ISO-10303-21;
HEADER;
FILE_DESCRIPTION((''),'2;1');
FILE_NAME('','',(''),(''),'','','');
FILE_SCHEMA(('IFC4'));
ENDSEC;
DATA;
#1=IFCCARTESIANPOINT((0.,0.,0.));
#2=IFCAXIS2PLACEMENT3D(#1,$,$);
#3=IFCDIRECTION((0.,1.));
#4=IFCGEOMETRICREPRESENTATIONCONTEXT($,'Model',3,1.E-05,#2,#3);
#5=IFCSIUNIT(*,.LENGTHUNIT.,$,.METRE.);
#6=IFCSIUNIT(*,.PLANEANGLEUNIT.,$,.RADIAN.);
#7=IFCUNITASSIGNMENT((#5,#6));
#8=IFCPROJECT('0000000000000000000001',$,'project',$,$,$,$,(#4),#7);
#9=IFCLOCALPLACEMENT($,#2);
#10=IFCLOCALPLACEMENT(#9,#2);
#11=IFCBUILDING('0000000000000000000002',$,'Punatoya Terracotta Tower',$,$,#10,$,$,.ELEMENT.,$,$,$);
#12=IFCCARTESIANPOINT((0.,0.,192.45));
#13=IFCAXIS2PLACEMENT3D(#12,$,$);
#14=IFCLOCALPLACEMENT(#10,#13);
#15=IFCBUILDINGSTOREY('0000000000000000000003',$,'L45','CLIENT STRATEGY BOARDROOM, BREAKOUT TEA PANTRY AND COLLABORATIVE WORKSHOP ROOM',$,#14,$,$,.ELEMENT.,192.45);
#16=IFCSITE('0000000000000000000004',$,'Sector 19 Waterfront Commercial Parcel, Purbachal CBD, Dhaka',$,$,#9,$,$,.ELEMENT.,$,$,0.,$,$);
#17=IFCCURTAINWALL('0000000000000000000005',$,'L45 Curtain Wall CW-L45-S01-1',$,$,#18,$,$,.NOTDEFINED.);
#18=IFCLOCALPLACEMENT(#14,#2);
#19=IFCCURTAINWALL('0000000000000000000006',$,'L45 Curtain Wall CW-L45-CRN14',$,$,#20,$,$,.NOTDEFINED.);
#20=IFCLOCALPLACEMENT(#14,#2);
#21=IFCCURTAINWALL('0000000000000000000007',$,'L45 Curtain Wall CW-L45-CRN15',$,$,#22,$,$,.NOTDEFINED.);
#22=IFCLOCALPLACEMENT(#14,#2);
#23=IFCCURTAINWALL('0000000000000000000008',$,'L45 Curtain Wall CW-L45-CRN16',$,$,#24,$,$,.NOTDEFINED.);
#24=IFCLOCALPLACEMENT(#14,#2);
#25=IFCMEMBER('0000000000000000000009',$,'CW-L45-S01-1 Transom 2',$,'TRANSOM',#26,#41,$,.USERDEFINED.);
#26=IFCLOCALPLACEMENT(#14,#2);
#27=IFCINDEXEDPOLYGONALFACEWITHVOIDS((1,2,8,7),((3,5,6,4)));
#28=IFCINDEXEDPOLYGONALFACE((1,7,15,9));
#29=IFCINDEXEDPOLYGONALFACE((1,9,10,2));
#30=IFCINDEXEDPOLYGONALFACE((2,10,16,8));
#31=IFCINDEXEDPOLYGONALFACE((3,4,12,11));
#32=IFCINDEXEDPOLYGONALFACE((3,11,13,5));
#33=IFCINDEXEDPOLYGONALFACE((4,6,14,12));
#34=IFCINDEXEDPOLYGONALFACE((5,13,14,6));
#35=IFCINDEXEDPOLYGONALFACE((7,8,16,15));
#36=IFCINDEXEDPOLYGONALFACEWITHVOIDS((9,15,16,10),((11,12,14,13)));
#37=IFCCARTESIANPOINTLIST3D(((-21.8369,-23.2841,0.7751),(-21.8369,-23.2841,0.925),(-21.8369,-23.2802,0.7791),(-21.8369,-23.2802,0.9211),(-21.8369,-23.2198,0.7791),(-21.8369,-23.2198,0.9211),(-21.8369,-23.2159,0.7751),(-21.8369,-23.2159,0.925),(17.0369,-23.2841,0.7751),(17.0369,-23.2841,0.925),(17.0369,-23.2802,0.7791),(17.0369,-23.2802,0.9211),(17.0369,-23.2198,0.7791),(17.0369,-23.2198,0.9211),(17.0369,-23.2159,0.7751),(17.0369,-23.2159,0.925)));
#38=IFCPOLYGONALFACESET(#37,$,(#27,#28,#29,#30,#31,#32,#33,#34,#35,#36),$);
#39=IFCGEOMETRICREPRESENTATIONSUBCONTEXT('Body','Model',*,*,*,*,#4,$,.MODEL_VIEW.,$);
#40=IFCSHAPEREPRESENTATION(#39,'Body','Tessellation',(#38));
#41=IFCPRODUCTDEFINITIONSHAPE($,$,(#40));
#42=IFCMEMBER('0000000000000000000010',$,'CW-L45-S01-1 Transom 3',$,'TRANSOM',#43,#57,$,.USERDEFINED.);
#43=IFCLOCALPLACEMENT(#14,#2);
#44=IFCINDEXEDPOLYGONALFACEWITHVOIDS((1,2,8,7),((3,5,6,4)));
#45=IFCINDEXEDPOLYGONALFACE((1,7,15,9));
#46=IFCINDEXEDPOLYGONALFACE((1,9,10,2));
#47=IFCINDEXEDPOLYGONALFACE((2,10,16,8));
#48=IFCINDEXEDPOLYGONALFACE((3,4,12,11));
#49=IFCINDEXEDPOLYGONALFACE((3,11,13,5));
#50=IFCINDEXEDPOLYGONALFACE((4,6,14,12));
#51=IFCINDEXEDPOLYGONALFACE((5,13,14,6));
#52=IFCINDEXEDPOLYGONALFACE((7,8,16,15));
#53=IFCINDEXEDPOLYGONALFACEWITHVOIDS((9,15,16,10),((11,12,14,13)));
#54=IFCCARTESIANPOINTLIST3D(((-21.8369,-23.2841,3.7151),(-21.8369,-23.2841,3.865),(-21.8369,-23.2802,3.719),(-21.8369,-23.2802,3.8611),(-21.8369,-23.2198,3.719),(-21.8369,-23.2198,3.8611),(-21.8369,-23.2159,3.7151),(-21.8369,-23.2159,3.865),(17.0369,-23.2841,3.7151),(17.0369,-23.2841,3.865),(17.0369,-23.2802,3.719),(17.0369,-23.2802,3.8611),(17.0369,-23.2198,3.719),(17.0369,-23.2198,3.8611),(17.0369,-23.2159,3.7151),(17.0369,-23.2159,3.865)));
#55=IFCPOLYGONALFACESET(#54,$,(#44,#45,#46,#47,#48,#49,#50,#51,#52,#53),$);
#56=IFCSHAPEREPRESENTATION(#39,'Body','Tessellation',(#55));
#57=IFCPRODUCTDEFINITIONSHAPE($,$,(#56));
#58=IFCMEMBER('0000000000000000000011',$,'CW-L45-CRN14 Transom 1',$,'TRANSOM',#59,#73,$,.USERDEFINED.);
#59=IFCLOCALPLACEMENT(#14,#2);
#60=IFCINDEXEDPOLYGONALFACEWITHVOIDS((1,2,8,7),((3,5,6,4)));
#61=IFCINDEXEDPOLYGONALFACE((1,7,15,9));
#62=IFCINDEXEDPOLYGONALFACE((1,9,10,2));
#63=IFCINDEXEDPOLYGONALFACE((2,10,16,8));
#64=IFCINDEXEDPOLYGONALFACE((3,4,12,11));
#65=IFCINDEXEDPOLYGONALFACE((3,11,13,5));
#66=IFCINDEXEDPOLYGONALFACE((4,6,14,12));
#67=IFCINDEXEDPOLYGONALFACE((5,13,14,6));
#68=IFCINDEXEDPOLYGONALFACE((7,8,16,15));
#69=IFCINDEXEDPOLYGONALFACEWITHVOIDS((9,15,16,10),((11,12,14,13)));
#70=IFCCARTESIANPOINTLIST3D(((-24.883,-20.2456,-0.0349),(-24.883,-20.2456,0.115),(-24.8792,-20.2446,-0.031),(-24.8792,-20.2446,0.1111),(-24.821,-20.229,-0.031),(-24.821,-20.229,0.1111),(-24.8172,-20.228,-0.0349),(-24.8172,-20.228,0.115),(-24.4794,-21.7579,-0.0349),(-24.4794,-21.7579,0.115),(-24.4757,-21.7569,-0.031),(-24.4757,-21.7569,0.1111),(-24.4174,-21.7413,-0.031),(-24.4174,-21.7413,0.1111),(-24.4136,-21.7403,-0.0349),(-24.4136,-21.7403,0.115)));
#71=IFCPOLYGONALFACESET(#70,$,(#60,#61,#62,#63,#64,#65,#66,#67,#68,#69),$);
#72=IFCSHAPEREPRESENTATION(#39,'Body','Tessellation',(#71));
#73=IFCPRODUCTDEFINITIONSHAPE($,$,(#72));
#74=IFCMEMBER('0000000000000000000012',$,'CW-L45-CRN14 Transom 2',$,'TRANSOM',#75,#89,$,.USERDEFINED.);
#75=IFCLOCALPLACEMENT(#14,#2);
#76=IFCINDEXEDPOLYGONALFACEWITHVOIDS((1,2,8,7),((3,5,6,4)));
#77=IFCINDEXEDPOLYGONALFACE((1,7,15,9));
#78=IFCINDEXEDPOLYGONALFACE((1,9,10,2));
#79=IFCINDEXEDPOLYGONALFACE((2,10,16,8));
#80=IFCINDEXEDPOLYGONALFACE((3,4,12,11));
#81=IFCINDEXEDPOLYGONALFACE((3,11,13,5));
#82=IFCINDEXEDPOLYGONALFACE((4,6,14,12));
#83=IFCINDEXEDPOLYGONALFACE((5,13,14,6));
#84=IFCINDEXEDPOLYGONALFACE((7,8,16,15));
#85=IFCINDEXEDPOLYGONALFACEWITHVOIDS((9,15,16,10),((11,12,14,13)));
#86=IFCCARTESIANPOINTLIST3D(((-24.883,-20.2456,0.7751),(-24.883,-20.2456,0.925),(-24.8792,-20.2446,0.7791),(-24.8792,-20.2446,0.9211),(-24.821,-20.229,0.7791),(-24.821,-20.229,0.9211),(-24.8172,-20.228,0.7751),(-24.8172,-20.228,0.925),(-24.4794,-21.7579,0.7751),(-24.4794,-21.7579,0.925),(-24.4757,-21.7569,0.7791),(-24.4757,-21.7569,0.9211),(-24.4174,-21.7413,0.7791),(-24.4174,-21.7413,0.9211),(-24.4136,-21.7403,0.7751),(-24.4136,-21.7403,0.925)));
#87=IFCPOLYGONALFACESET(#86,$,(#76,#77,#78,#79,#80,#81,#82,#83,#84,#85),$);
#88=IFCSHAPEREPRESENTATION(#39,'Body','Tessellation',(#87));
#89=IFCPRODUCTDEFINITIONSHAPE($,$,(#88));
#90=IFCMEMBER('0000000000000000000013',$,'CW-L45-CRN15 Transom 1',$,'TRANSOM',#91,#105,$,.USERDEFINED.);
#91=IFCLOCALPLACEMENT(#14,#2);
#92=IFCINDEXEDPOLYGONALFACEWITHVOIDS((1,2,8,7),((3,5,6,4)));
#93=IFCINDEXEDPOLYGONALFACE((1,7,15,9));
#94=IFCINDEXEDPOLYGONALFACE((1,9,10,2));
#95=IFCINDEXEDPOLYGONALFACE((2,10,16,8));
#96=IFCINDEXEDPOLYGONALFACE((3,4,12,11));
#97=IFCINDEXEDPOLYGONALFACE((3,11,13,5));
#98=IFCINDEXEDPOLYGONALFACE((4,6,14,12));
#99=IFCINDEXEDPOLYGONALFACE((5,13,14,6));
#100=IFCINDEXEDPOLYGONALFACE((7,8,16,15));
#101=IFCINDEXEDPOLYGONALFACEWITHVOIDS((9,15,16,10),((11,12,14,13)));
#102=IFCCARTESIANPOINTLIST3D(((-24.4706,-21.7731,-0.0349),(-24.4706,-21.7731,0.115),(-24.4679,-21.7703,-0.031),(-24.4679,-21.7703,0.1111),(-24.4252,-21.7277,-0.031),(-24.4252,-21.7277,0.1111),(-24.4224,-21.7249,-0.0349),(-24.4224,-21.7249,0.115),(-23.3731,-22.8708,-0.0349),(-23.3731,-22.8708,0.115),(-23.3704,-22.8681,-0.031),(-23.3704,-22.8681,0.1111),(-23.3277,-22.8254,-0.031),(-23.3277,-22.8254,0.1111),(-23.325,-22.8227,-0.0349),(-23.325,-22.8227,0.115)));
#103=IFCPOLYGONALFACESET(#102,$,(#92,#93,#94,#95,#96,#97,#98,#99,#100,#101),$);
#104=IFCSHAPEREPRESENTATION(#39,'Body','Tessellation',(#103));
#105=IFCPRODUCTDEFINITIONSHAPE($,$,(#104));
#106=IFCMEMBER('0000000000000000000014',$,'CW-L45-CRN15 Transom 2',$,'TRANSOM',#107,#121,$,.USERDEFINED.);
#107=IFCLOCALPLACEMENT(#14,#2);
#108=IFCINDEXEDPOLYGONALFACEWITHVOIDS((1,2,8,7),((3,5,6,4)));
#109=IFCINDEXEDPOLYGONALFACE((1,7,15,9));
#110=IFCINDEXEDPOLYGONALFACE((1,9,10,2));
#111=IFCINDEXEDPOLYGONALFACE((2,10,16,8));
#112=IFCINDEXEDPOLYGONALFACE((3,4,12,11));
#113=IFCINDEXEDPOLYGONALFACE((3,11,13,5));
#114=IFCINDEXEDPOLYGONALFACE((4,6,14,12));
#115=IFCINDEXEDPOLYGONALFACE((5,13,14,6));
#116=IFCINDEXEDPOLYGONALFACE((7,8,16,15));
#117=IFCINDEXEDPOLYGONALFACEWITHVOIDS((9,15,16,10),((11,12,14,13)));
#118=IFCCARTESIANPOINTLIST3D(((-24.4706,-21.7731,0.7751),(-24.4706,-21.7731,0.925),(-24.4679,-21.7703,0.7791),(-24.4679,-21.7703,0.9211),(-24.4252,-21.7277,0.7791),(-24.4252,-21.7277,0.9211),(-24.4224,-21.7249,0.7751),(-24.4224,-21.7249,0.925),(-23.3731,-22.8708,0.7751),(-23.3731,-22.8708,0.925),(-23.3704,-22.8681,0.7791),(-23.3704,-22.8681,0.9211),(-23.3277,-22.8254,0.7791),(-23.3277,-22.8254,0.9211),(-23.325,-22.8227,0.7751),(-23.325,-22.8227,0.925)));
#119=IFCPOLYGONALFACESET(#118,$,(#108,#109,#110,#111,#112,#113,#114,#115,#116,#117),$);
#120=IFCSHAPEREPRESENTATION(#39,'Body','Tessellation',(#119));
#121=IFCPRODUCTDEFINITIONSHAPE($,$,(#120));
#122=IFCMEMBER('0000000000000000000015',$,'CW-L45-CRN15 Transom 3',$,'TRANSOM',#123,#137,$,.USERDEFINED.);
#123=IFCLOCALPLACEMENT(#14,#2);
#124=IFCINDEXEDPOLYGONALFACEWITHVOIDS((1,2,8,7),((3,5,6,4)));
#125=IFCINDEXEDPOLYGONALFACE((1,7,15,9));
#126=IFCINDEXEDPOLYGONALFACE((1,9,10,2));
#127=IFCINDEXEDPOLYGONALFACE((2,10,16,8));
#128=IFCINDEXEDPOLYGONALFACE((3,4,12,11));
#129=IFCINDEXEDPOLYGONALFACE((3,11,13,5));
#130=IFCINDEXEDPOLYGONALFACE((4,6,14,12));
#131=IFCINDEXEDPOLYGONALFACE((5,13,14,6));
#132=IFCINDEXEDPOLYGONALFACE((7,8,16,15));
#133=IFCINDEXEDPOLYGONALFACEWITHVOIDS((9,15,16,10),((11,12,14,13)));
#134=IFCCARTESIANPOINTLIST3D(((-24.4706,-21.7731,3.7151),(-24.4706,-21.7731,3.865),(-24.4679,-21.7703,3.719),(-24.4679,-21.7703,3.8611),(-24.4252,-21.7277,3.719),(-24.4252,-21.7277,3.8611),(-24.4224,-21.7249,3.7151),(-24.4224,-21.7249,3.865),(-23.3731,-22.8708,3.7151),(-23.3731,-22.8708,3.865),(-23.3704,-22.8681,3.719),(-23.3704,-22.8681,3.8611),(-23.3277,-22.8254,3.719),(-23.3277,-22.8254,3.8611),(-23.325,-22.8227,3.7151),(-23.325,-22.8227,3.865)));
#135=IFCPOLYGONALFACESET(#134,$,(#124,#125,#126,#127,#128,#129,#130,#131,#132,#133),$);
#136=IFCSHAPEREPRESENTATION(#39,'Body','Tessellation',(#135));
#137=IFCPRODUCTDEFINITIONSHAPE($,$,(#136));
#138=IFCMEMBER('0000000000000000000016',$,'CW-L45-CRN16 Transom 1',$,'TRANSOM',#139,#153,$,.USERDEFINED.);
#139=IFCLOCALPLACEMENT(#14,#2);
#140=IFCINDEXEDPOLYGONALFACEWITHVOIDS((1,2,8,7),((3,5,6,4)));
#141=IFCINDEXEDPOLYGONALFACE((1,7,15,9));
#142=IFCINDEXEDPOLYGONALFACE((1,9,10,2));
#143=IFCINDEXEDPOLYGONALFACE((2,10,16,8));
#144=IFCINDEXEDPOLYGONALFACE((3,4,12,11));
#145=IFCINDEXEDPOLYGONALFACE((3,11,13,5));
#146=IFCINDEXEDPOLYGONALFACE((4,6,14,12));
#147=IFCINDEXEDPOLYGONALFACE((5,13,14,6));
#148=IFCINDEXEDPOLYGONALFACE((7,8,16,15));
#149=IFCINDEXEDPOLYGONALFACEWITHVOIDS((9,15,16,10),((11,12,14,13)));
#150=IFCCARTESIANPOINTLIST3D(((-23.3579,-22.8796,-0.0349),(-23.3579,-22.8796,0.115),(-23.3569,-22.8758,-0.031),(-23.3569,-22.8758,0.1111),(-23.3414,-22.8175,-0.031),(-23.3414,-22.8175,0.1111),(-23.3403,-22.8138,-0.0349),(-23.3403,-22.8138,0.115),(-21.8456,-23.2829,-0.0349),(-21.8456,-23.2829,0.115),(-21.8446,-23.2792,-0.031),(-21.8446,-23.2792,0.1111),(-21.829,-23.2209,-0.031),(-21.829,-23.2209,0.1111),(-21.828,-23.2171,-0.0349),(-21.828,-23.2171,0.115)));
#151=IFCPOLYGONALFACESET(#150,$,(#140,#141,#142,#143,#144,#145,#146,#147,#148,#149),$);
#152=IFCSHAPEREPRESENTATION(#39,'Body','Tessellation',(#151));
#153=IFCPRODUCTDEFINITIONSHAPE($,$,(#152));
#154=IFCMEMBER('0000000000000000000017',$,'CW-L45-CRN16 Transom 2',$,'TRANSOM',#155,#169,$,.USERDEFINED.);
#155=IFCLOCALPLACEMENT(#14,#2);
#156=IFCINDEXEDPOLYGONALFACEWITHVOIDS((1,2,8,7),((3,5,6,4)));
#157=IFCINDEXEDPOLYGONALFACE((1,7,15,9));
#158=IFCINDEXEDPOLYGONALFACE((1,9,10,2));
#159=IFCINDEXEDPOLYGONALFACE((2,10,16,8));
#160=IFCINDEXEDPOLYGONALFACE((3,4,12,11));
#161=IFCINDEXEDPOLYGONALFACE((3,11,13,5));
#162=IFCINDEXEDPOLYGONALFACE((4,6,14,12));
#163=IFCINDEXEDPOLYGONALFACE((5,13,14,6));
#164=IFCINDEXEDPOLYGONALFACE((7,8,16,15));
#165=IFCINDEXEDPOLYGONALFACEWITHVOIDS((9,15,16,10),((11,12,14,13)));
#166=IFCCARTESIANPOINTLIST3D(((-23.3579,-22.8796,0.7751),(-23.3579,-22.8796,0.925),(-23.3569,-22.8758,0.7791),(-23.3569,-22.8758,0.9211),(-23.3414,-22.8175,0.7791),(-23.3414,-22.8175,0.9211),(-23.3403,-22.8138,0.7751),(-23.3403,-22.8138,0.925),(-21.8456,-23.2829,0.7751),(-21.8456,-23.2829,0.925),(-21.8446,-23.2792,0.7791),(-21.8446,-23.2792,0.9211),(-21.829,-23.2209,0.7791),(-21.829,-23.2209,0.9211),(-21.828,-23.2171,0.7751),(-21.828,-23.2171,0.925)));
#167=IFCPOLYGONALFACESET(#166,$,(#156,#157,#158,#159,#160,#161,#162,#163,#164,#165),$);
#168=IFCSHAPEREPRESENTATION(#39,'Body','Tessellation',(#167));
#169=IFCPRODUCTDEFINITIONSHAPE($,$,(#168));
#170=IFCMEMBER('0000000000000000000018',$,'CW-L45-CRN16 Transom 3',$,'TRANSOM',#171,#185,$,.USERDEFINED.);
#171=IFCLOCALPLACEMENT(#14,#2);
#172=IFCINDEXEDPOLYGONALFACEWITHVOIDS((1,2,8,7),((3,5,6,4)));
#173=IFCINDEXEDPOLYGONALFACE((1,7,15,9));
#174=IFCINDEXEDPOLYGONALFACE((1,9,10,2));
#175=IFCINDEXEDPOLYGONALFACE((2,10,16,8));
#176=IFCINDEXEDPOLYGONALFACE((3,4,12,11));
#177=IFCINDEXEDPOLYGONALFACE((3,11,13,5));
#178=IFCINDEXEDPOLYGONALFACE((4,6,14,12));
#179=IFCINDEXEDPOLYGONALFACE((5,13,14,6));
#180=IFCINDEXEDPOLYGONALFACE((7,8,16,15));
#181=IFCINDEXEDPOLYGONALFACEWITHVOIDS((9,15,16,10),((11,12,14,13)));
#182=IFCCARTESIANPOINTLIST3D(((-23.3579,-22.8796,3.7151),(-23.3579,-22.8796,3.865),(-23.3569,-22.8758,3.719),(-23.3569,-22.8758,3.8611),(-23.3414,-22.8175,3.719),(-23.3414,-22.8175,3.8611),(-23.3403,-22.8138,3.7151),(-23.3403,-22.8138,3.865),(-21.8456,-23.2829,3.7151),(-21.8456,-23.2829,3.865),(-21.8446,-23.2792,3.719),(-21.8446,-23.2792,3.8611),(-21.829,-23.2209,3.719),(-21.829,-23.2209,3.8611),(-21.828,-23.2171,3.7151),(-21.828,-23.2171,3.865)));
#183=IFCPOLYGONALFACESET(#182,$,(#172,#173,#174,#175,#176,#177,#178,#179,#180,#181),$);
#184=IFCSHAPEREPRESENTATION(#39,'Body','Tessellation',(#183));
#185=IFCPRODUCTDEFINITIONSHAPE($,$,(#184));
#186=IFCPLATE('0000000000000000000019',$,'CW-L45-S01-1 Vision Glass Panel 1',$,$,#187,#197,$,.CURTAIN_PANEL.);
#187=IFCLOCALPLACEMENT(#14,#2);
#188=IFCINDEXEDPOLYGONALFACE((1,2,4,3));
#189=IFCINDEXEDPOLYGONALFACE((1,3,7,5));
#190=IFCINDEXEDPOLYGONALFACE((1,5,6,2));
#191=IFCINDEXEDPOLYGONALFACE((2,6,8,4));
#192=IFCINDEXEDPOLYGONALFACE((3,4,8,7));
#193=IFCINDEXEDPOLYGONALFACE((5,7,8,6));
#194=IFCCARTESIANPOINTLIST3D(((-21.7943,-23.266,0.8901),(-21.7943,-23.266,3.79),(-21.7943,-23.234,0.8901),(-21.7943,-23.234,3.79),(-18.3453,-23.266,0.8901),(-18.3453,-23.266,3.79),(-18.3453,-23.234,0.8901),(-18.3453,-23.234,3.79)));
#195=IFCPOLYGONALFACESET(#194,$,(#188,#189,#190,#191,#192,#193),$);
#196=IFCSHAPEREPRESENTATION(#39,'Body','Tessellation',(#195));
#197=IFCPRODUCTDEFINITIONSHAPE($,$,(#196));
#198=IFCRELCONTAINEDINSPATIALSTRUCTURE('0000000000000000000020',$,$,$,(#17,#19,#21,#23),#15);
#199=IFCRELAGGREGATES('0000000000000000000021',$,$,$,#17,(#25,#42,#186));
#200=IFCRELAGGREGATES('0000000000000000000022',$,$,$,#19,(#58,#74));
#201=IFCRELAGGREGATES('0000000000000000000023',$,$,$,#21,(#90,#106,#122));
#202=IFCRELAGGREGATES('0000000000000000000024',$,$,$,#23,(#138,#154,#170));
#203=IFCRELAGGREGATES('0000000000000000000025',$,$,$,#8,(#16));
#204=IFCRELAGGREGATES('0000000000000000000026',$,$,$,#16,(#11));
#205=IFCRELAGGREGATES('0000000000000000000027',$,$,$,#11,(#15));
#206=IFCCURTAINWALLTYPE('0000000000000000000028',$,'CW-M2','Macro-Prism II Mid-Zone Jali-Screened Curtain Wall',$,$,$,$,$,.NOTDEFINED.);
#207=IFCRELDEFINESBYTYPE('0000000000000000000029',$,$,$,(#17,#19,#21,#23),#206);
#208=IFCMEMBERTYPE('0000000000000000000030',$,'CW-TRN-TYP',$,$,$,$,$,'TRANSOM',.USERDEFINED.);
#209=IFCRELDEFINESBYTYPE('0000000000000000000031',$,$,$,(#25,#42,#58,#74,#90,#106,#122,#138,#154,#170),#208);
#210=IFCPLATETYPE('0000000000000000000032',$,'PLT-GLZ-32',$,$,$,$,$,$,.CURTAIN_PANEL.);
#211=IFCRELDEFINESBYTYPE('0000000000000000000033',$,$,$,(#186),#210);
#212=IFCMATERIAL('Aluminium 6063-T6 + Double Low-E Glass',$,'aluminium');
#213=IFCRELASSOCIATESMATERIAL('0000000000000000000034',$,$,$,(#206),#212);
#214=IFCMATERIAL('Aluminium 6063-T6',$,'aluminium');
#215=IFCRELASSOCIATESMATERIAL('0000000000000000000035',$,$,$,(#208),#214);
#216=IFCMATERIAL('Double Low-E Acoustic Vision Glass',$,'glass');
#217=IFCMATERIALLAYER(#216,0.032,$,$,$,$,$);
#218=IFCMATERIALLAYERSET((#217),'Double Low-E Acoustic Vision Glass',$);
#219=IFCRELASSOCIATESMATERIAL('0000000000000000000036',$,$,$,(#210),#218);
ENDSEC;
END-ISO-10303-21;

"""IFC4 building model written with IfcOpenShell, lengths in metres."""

from ifc_helpers import new_model, si_unit, direction, frame, origin, origin_2d, place, context, subcontext, project, spatial, rectangle, hollow_rectangle, extrude, material, layer, layer_set, material_profile, profile_set, type_object, element, aggregate, save


model = new_model("IFC4")

# Units and contexts
model_context = context("Model", 3, precision=1e-05, world=origin(), true_north=direction((0.0, 1.0)))
body_context = subcontext(model_context, "Body", "Model", "MODEL_VIEW")
ifc_project = project(units=[si_unit("LENGTHUNIT", "METRE"), si_unit("PLANEANGLEUNIT", "RADIAN")], contexts=[model_context])

# Site, building, storey
site_placement = place(None, origin())
site = spatial("IfcSite", under=ifc_project, at=site_placement, Name="Sector 19 Waterfront Commercial Parcel, Purbachal CBD, Dhaka", CompositionType="ELEMENT", RefElevation=0.0)
building_placement = place(site_placement, origin())
building = spatial("IfcBuilding", under=site, at=building_placement, Name="Punatoya Terracotta Tower", CompositionType="ELEMENT")
storey_placement = place(building_placement, frame((0.0, 0.0, 192.45)))
storey = spatial("IfcBuildingStorey", under=building, at=storey_placement, Name="L45", Description="CLIENT STRATEGY BOARDROOM, BREAKOUT TEA PANTRY AND COLLABORATIVE WORKSHOP ROOM", CompositionType="ELEMENT", Elevation=192.45)

# Curtain wall
ifc_material_1 = material(Name="Aluminium 6063-T6 + Double Low-E Glass", Category="aluminium")
curtain_wall_type = type_object("IfcCurtainWallType", Name="CW-M2", Description="Macro-Prism II Mid-Zone Jali-Screened Curtain Wall", PredefinedType="NOTDEFINED", material=ifc_material_1)
curtain_wall_1_placement = place(storey_placement, origin())
curtain_wall_1 = element("IfcCurtainWall", 1, at=curtain_wall_1_placement, inside=storey, type_object=curtain_wall_type, Name="L45 Curtain Wall CW-L45-S01-1", PredefinedType="NOTDEFINED")
ifc_material_2 = material(Name="Aluminium 6063-T6", Category="aluminium")

# Curtain walls
curtain_wall_2_placement = place(storey_placement, origin())
curtain_wall_2 = element("IfcCurtainWall", 2, at=curtain_wall_2_placement, inside=storey, type_object=curtain_wall_type, Name="L45 Curtain Wall CW-L45-CRN14", PredefinedType="NOTDEFINED")
curtain_wall_3_placement = place(storey_placement, origin())
curtain_wall_3 = element("IfcCurtainWall", 3, at=curtain_wall_3_placement, inside=storey, type_object=curtain_wall_type, Name="L45 Curtain Wall CW-L45-CRN15", PredefinedType="NOTDEFINED")
curtain_wall_4_placement = place(storey_placement, origin())
curtain_wall_4 = element("IfcCurtainWall", 4, at=curtain_wall_4_placement, inside=storey, type_object=curtain_wall_type, Name="L45 Curtain Wall CW-L45-CRN16", PredefinedType="NOTDEFINED")

# Members
ifc_material_profile_1 = material_profile(ifc_material_2, hollow_rectangle(XDim=0.0681, YDim=0.1499, WallThickness=0.0039, at=origin_2d()))
ifc_profile_set_1 = profile_set([ifc_material_profile_1], Name="Aluminium 6063-T6")
member_type_1 = type_object("IfcMemberType", Name="CW-TRN-TYP", ElementType="TRANSOM", PredefinedType="USERDEFINED", material=ifc_profile_set_1)
member_1_placement = place(storey_placement, frame((-21.8369, -23.25, 0.8501), z_axis=(1.0, 0.0, 0.0), x_axis=(0.0, 1.0, 0.0)))
member_1 = element("IfcMember", 5, at=member_1_placement, type_object=member_type_1, Name="CW-L45-S01-1 Transom 2", ObjectType="TRANSOM", PredefinedType="USERDEFINED", context=body_context, shape_type="SweptSolid", body=[
    extrude(hollow_rectangle(XDim=0.0681, YDim=0.1499, WallThickness=0.0039, at=origin_2d()), origin(), (0.0, 0.0, 1.0), 38.8738),
])
member_2_placement = place(storey_placement, frame((-21.8369, -23.25, 3.79), z_axis=(1.0, 0.0, 0.0), x_axis=(0.0, 1.0, 0.0)))
member_2 = element("IfcMember", 6, at=member_2_placement, type_object=member_type_1, Name="CW-L45-S01-1 Transom 3", ObjectType="TRANSOM", PredefinedType="USERDEFINED", context=body_context, shape_type="SweptSolid", body=[
    extrude(hollow_rectangle(XDim=0.0681, YDim=0.1499, WallThickness=0.0039, at=origin_2d()), origin(), (0.0, 0.0, 1.0), 38.8738),
])
member_3_placement = place(storey_placement, frame((-24.8501, -20.2368, 0.04), z_axis=(0.257847, -0.966186, 0.0), x_axis=(0.966186, 0.257847, 0.0)))
member_3 = element("IfcMember", 7, at=member_3_placement, type_object=member_type_1, Name="CW-L45-CRN14 Transom 1", ObjectType="TRANSOM", PredefinedType="USERDEFINED", context=body_context, shape_type="SweptSolid", body=[
    extrude(hollow_rectangle(XDim=0.0681, YDim=0.1499, WallThickness=0.0039, at=origin_2d()), origin(), (0.0, 0.0, 1.0), 1.5652),
])
member_4_placement = place(storey_placement, frame((-24.8501, -20.2368, 0.8501), z_axis=(0.257847, -0.966186, 0.0), x_axis=(0.966186, 0.257847, 0.0)))
member_4 = element("IfcMember", 8, at=member_4_placement, type_object=member_type_1, Name="CW-L45-CRN14 Transom 2", ObjectType="TRANSOM", PredefinedType="USERDEFINED", context=body_context, shape_type="SweptSolid", body=[
    extrude(hollow_rectangle(XDim=0.0681, YDim=0.1499, WallThickness=0.0039, at=origin_2d()), origin(), (0.0, 0.0, 1.0), 1.5652),
])
member_5_placement = place(storey_placement, frame((-24.4465, -21.749, 0.04), z_axis=(0.707028, -0.707185, 0.0), x_axis=(0.707185, 0.707028, 0.0)))
member_5 = element("IfcMember", 9, at=member_5_placement, type_object=member_type_1, Name="CW-L45-CRN15 Transom 1", ObjectType="TRANSOM", PredefinedType="USERDEFINED", context=body_context, shape_type="SweptSolid", body=[
    extrude(hollow_rectangle(XDim=0.0681, YDim=0.1499, WallThickness=0.0039, at=origin_2d()), origin(), (0.0, 0.0, 1.0), 1.5522),
])
member_6_placement = place(storey_placement, frame((-24.4465, -21.749, 0.8501), z_axis=(0.707028, -0.707185, 0.0), x_axis=(0.707185, 0.707028, 0.0)))
member_6 = element("IfcMember", 10, at=member_6_placement, type_object=member_type_1, Name="CW-L45-CRN15 Transom 2", ObjectType="TRANSOM", PredefinedType="USERDEFINED", context=body_context, shape_type="SweptSolid", body=[
    extrude(hollow_rectangle(XDim=0.0681, YDim=0.1499, WallThickness=0.0039, at=origin_2d()), origin(), (0.0, 0.0, 1.0), 1.5522),
])
member_7_placement = place(storey_placement, frame((-24.4465, -21.749, 3.79), z_axis=(0.707028, -0.707185, 0.0), x_axis=(0.707185, 0.707028, 0.0)))
member_7 = element("IfcMember", 11, at=member_7_placement, type_object=member_type_1, Name="CW-L45-CRN15 Transom 3", ObjectType="TRANSOM", PredefinedType="USERDEFINED", context=body_context, shape_type="SweptSolid", body=[
    extrude(hollow_rectangle(XDim=0.0681, YDim=0.1499, WallThickness=0.0039, at=origin_2d()), origin(), (0.0, 0.0, 1.0), 1.5522),
])
member_8_placement = place(storey_placement, frame((-23.3491, -22.8467, 0.04), z_axis=(0.966225, -0.257701, 0.0), x_axis=(0.257701, 0.966225, 0.0)))
member_8 = element("IfcMember", 12, at=member_8_placement, type_object=member_type_1, Name="CW-L45-CRN16 Transom 1", ObjectType="TRANSOM", PredefinedType="USERDEFINED", context=body_context, shape_type="SweptSolid", body=[
    extrude(hollow_rectangle(XDim=0.0681, YDim=0.1499, WallThickness=0.0039, at=origin_2d()), origin(), (0.0, 0.0, 1.0), 1.5652),
])
member_9_placement = place(storey_placement, frame((-23.3491, -22.8467, 0.8501), z_axis=(0.966225, -0.257701, 0.0), x_axis=(0.257701, 0.966225, 0.0)))
member_9 = element("IfcMember", 13, at=member_9_placement, type_object=member_type_1, Name="CW-L45-CRN16 Transom 2", ObjectType="TRANSOM", PredefinedType="USERDEFINED", context=body_context, shape_type="SweptSolid", body=[
    extrude(hollow_rectangle(XDim=0.0681, YDim=0.1499, WallThickness=0.0039, at=origin_2d()), origin(), (0.0, 0.0, 1.0), 1.5652),
])
member_10_placement = place(storey_placement, frame((-23.3491, -22.8467, 3.79), z_axis=(0.966225, -0.257701, 0.0), x_axis=(0.257701, 0.966225, 0.0)))
member_10 = element("IfcMember", 14, at=member_10_placement, type_object=member_type_1, Name="CW-L45-CRN16 Transom 3", ObjectType="TRANSOM", PredefinedType="USERDEFINED", context=body_context, shape_type="SweptSolid", body=[
    extrude(hollow_rectangle(XDim=0.0681, YDim=0.1499, WallThickness=0.0039, at=origin_2d()), origin(), (0.0, 0.0, 1.0), 1.5652),
])

# Plate
ifc_material_3 = material(Name="Double Low-E Acoustic Vision Glass", Category="glass")
ifc_layer_1 = layer(ifc_material_3, 0.032)
ifc_layer_set_1 = layer_set([ifc_layer_1], Name="Double Low-E Acoustic Vision Glass")
plate_type_1 = type_object("IfcPlateType", Name="PLT-GLZ-32", PredefinedType="CURTAIN_PANEL", material=ifc_layer_set_1)
plate_1_placement = place(storey_placement, frame((-20.0698, -23.25, 0.8901), z_axis=(0.0, 0.0, 1.0), x_axis=(1.0, 0.0, 0.0)))
plate_1 = element("IfcPlate", 15, at=plate_1_placement, type_object=plate_type_1, Name="CW-L45-S01-1 Vision Glass Panel 1", PredefinedType="CURTAIN_PANEL", context=body_context, shape_type="SweptSolid", body=[
    extrude(rectangle(XDim=3.449, YDim=0.032, at=origin_2d()), origin(), (0.0, 0.0, 1.0), 2.8999),
])
aggregate(curtain_wall_1, [member_1, member_2, plate_1])
aggregate(curtain_wall_2, [member_3, member_4])
aggregate(curtain_wall_3, [member_5, member_6, member_7])
aggregate(curtain_wall_4, [member_8, member_9, member_10])

save(model, "model.ifc")
